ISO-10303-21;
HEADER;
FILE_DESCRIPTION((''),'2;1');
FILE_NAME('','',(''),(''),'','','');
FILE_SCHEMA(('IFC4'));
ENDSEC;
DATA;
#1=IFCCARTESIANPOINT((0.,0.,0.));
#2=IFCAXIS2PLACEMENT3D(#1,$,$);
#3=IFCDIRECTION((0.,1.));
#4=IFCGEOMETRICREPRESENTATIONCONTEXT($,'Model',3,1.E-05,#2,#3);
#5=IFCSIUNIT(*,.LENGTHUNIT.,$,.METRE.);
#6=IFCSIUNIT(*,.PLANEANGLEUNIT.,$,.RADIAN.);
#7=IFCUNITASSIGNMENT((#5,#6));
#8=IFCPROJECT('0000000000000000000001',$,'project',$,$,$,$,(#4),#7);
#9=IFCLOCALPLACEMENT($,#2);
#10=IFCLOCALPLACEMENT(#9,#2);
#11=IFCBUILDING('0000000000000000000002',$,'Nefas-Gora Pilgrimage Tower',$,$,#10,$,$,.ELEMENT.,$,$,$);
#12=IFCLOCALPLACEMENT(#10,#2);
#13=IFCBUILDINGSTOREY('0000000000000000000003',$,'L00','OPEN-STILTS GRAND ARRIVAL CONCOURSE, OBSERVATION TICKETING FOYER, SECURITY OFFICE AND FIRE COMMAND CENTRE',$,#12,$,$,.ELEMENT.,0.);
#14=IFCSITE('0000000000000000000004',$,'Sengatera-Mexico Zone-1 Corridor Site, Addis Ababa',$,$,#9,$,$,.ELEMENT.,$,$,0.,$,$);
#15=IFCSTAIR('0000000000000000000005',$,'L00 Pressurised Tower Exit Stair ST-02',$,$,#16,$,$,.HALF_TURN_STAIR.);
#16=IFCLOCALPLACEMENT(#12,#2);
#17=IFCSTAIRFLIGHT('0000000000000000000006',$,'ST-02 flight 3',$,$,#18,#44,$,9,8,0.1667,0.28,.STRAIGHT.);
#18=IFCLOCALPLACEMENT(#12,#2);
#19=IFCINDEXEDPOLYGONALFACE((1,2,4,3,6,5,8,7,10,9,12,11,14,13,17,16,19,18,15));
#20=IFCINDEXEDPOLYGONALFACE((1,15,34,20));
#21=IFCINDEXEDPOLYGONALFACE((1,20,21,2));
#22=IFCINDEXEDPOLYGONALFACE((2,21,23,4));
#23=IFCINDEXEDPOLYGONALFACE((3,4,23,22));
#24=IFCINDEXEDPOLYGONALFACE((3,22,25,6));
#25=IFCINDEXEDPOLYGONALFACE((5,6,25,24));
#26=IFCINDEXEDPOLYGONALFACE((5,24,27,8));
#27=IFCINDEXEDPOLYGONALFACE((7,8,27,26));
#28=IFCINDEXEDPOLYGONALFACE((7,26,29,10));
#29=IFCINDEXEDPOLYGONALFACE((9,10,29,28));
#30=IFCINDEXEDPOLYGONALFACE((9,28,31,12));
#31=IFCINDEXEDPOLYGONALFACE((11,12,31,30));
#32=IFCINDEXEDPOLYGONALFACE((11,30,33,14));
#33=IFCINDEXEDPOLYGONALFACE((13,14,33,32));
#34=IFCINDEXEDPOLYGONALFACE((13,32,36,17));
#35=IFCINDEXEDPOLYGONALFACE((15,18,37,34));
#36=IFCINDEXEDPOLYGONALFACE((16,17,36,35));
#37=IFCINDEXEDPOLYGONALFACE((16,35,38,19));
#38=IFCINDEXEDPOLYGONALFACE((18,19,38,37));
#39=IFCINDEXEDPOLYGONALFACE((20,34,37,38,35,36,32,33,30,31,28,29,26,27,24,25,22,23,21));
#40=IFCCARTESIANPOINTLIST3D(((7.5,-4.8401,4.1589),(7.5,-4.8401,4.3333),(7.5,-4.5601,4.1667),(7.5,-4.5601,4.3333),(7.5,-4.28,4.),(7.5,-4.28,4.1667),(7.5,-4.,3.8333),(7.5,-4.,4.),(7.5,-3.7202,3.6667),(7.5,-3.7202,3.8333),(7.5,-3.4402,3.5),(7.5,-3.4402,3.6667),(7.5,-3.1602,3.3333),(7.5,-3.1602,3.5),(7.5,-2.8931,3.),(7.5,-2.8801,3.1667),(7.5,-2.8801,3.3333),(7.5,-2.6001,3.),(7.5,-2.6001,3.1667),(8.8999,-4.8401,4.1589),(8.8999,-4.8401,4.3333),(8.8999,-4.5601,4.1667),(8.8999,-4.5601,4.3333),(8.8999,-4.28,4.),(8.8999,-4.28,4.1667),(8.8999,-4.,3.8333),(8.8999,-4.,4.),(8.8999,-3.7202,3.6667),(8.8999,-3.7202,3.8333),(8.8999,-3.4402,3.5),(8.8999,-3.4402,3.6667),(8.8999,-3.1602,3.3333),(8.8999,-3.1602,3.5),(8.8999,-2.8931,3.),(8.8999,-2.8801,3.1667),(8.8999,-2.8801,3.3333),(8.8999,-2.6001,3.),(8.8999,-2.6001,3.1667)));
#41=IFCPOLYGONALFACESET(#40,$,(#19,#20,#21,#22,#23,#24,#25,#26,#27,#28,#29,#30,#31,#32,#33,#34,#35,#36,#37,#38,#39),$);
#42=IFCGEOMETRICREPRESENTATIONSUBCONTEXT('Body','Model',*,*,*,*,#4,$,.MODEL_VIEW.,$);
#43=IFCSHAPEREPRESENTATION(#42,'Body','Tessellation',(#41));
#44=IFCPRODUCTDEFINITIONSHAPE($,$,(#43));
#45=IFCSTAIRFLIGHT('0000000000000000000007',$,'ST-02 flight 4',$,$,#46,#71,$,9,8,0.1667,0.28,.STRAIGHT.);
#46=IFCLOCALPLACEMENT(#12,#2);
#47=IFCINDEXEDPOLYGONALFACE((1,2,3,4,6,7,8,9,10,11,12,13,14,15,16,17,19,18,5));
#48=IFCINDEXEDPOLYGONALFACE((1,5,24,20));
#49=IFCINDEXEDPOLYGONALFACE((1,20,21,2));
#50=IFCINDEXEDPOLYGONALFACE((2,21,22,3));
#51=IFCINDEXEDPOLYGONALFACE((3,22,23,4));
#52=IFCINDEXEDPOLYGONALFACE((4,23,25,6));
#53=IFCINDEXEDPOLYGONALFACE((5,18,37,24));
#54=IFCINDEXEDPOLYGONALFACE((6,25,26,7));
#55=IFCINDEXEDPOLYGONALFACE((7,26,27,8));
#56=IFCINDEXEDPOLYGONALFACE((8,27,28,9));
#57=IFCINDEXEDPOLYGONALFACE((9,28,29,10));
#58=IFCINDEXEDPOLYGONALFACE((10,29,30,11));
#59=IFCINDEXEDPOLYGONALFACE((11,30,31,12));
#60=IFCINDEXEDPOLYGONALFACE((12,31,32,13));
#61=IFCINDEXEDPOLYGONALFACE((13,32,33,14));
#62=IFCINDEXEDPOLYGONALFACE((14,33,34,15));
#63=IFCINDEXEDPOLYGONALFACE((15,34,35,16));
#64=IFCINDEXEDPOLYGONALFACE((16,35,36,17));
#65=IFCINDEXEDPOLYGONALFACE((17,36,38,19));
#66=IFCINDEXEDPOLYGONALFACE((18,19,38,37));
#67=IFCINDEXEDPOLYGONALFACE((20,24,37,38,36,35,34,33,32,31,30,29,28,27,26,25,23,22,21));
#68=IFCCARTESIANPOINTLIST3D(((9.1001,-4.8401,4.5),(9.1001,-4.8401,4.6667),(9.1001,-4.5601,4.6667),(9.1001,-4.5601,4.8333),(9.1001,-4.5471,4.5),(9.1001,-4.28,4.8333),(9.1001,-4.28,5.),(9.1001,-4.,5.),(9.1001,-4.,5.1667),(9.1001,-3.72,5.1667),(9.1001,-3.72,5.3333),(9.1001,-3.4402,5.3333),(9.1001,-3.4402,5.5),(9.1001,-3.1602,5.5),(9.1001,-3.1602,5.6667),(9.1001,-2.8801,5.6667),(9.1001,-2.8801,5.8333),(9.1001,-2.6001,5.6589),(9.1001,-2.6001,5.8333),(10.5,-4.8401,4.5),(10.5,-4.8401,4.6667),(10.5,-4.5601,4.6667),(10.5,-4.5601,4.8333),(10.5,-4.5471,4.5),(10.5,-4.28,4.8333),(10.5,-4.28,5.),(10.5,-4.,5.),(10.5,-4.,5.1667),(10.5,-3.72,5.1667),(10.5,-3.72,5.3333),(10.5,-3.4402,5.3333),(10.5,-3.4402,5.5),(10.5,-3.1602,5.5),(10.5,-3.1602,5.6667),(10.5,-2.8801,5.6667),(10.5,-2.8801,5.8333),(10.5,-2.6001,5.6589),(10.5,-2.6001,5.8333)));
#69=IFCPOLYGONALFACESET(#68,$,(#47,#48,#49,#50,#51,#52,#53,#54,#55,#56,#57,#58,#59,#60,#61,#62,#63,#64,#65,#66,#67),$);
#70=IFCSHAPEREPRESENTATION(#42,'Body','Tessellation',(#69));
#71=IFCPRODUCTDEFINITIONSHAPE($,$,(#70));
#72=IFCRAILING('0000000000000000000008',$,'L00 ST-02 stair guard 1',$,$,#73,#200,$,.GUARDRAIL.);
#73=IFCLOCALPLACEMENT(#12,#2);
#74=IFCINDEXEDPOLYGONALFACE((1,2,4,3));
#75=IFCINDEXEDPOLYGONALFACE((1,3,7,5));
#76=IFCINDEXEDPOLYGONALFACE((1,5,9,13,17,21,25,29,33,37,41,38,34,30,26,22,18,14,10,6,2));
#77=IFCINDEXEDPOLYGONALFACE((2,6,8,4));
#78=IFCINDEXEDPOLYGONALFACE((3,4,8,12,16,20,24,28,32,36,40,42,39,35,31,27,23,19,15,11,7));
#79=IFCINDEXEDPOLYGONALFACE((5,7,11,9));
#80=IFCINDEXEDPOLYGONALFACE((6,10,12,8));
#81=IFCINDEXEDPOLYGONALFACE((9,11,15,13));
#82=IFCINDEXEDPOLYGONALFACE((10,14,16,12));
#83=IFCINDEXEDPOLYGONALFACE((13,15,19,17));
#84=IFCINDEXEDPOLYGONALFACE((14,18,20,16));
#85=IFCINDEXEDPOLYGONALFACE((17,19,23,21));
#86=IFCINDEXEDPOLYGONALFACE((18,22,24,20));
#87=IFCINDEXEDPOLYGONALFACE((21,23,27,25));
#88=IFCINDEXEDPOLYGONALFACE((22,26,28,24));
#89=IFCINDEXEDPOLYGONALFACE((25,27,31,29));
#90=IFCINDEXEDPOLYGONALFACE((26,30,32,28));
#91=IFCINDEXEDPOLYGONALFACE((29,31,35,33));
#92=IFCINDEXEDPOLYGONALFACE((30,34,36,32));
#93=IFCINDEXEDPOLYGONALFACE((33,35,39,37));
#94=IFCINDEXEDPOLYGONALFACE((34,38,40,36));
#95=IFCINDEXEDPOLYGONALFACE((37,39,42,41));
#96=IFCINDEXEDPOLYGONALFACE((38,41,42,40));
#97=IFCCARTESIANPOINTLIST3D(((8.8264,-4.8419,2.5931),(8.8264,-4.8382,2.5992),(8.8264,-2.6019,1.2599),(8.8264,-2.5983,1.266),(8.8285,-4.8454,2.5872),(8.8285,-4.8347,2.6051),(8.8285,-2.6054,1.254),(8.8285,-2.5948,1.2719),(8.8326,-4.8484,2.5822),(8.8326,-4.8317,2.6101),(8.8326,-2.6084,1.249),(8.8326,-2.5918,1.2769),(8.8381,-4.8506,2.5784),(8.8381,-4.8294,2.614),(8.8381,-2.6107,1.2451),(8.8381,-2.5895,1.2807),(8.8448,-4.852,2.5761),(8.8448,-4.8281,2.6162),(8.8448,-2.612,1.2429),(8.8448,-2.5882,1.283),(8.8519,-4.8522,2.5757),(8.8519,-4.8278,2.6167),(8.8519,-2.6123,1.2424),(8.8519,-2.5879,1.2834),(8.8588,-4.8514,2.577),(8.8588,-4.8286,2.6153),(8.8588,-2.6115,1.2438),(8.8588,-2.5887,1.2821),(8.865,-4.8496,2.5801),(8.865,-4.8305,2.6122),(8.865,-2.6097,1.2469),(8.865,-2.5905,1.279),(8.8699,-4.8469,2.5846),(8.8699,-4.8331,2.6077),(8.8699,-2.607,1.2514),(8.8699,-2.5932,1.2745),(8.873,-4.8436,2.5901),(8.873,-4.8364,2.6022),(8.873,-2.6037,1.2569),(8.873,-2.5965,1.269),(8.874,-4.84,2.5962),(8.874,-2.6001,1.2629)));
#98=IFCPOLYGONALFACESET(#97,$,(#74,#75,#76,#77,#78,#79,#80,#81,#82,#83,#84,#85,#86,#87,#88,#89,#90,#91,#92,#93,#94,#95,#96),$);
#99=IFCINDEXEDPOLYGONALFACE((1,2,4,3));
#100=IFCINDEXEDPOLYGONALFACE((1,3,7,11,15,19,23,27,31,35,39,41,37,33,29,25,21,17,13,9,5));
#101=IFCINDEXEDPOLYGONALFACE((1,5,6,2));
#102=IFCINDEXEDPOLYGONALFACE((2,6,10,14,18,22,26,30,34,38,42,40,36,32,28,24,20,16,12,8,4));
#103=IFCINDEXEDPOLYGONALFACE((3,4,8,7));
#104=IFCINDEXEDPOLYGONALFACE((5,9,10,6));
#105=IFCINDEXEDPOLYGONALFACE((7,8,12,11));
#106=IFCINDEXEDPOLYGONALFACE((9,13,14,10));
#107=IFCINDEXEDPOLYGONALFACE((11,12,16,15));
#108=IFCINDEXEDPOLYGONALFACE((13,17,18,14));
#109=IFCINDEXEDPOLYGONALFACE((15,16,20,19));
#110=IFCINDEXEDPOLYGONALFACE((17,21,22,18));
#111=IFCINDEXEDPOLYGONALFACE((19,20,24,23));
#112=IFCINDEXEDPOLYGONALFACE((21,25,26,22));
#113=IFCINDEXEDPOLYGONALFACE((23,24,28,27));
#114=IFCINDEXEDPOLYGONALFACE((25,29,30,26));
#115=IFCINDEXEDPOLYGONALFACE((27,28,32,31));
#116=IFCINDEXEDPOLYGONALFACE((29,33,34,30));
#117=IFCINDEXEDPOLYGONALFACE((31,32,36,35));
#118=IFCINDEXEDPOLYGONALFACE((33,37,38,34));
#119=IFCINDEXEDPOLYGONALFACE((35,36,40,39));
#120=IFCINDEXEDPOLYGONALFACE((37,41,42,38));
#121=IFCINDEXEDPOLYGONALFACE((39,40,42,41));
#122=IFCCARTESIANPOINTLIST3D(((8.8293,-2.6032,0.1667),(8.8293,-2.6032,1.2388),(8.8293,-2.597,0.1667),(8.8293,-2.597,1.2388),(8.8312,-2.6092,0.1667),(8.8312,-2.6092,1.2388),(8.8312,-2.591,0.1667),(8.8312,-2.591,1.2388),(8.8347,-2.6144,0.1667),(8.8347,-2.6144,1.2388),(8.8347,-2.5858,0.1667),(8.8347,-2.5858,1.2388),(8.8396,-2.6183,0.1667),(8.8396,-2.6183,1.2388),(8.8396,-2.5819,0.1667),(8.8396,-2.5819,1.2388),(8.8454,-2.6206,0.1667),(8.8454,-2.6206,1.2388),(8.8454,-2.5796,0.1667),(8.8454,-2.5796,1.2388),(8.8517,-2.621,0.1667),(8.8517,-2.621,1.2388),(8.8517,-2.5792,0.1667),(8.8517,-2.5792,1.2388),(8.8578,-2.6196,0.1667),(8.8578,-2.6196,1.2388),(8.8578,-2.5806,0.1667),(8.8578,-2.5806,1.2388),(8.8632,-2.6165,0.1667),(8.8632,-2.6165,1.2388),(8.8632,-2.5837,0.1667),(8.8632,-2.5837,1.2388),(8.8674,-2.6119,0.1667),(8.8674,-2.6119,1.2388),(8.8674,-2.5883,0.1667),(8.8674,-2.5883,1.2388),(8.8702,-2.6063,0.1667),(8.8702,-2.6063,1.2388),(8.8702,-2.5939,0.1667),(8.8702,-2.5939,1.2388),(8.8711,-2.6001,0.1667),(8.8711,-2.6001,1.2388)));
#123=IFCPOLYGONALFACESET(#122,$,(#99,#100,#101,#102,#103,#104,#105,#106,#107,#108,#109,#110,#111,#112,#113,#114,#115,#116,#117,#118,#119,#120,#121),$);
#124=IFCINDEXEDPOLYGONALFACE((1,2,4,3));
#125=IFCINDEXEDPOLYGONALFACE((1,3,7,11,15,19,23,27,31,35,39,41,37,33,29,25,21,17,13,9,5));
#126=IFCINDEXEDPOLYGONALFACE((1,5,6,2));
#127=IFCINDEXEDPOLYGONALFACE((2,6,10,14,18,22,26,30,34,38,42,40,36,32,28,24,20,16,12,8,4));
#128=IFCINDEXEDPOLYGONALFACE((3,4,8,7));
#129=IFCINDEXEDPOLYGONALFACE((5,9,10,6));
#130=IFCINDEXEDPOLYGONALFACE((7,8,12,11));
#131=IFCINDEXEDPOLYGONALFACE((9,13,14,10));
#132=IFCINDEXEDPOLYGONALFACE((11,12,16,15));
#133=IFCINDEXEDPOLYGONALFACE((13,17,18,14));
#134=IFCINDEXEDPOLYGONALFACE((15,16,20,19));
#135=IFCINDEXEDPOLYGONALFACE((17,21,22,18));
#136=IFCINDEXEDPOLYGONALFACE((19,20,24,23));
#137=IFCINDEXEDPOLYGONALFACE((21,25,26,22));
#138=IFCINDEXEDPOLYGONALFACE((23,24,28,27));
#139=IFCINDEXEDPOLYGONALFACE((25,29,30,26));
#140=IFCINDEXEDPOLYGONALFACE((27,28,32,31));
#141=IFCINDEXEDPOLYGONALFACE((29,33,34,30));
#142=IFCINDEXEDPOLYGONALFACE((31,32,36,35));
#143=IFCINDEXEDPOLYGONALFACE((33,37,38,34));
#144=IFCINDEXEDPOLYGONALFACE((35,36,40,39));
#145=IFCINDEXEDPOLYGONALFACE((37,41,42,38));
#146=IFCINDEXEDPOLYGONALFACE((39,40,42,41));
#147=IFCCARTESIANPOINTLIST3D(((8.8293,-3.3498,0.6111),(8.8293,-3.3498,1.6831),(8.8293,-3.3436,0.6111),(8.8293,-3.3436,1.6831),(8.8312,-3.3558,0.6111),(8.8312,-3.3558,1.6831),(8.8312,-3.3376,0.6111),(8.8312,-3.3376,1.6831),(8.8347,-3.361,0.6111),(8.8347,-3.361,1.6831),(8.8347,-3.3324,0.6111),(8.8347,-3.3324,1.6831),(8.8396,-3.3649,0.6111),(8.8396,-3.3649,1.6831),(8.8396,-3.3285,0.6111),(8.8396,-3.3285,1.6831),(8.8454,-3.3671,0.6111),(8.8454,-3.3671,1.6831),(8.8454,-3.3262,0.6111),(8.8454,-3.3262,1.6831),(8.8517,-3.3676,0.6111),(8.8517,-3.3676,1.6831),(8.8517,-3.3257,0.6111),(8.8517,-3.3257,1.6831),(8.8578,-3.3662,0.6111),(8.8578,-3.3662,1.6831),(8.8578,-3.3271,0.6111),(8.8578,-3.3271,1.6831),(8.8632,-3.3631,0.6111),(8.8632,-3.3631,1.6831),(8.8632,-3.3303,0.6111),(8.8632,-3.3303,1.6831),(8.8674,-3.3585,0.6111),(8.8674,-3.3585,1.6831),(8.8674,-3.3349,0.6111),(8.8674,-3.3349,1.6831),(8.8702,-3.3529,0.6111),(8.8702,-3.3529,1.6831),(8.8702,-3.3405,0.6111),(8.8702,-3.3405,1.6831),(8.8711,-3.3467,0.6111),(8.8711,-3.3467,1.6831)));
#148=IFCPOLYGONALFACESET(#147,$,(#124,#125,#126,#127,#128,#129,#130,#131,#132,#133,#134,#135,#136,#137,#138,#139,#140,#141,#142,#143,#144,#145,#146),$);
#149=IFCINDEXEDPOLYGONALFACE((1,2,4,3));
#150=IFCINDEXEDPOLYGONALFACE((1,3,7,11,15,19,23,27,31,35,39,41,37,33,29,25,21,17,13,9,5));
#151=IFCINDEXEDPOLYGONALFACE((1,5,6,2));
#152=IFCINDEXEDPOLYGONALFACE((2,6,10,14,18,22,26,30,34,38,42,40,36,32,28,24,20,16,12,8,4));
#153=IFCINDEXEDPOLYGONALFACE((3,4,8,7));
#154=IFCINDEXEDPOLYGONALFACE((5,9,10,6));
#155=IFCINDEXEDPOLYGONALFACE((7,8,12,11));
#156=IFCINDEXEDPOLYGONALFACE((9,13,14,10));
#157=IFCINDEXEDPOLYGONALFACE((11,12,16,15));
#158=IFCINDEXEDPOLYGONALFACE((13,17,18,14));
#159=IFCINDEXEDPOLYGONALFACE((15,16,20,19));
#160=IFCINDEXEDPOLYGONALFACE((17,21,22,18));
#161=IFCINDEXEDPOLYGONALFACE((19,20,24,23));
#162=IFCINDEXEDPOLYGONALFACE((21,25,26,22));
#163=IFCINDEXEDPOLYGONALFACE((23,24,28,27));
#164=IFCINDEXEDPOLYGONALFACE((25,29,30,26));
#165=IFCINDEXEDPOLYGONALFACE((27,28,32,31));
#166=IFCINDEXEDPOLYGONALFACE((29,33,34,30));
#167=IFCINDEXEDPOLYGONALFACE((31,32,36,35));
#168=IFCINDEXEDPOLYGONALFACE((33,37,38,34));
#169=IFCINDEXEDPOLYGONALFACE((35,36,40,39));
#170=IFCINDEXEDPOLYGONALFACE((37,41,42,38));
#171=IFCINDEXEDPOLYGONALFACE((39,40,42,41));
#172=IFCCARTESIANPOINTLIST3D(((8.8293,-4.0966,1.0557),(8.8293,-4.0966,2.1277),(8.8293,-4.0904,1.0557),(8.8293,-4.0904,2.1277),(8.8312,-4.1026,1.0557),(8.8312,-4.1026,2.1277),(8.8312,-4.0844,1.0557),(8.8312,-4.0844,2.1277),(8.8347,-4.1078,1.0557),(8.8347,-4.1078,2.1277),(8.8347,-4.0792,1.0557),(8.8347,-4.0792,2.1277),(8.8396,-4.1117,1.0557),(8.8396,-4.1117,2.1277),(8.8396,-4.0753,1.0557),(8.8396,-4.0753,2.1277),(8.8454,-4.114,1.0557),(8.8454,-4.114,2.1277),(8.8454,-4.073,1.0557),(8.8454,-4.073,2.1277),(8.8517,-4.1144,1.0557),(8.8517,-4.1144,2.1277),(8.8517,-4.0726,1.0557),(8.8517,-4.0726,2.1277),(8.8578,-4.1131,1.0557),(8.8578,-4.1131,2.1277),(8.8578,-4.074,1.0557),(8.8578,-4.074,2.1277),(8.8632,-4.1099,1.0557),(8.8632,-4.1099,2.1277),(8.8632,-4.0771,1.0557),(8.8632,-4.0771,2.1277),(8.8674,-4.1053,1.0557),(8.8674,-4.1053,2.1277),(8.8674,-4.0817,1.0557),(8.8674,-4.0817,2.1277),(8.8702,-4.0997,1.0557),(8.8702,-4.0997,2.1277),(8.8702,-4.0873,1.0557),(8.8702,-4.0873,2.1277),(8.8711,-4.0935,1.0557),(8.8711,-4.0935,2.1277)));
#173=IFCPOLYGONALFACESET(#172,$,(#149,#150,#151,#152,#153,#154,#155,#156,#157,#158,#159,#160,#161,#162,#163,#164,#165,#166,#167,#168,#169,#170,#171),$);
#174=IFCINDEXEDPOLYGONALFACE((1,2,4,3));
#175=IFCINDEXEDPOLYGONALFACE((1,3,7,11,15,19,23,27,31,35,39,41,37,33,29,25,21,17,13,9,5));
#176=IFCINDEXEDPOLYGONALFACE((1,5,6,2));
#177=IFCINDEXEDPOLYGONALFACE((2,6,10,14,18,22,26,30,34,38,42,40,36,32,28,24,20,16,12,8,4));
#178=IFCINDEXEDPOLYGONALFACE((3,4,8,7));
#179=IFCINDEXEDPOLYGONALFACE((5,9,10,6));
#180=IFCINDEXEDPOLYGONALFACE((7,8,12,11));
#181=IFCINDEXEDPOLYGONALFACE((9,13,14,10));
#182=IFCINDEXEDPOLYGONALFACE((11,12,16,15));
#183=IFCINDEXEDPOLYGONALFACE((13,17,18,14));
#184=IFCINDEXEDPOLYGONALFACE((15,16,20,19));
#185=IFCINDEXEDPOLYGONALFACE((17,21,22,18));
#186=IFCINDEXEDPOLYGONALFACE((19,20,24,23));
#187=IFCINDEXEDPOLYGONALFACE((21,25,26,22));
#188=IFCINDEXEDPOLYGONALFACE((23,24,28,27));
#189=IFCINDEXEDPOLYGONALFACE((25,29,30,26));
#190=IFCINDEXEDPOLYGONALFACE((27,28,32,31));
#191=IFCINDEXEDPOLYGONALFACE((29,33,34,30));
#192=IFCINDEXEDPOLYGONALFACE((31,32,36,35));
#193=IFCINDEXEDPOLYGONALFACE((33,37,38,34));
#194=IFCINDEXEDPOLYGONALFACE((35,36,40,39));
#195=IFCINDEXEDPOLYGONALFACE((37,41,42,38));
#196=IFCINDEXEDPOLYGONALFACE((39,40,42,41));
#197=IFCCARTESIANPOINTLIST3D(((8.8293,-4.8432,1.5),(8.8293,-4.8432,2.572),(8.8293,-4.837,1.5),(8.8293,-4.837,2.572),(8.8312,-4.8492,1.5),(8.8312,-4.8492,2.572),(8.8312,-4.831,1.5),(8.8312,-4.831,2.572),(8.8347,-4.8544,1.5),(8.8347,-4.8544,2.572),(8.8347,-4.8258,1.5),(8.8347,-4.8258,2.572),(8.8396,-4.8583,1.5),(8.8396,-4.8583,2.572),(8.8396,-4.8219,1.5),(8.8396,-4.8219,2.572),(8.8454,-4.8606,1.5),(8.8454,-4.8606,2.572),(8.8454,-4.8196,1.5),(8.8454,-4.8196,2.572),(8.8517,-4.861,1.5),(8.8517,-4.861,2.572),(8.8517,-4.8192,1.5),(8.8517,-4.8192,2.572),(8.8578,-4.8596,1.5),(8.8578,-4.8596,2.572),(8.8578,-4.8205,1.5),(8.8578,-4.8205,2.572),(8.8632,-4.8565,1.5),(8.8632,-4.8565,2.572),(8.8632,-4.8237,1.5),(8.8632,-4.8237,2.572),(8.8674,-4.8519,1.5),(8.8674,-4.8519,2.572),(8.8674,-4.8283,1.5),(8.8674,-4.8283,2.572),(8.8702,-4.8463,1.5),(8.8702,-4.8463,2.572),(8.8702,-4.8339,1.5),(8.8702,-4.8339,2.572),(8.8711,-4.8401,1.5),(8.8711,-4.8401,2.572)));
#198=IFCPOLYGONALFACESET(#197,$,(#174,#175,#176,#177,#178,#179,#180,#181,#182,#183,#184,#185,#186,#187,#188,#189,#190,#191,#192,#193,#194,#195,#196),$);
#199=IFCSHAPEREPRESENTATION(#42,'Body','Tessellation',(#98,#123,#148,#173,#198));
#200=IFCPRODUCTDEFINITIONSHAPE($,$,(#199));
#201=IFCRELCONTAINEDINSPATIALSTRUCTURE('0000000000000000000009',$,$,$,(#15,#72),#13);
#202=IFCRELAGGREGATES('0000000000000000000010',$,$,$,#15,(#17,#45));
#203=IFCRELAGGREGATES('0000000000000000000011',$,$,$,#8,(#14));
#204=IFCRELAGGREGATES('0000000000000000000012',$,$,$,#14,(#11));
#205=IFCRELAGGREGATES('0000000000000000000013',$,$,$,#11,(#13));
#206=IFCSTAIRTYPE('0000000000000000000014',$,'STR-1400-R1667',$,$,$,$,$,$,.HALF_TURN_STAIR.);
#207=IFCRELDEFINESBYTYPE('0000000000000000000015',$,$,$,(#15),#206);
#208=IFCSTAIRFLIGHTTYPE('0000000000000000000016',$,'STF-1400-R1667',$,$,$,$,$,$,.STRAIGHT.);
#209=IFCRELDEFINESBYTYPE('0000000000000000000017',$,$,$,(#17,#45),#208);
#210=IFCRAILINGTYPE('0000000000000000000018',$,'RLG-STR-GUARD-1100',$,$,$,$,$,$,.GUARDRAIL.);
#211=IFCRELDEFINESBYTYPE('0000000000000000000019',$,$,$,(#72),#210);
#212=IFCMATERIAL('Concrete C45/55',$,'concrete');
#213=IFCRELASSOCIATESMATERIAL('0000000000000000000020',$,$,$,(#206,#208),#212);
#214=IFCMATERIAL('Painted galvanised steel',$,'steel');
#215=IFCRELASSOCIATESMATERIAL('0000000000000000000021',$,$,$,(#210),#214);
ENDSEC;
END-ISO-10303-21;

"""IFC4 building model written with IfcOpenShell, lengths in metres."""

from ifc_helpers import new_model, si_unit, direction, frame, origin, origin_2d, place, context, subcontext, project, spatial, polyline, circle, outline, extrude, source, transform, mapped, material, type_object, element, aggregate, save


model = new_model("IFC4")

# Units and contexts
model_context = context("Model", 3, precision=1e-05, world=origin(), true_north=direction((0.0, 1.0)))
body_context = subcontext(model_context, "Body", "Model", "MODEL_VIEW")
ifc_project = project(units=[si_unit("LENGTHUNIT", "METRE"), si_unit("PLANEANGLEUNIT", "RADIAN")], contexts=[model_context])

# Site, building, storey
site_placement = place(None, origin())
site = spatial("IfcSite", under=ifc_project, at=site_placement, Name="Sengatera-Mexico Zone-1 Corridor Site, Addis Ababa", CompositionType="ELEMENT", RefElevation=0.0)
building_placement = place(site_placement, origin())
building = spatial("IfcBuilding", under=site, at=building_placement, Name="Nefas-Gora Pilgrimage Tower", CompositionType="ELEMENT")
storey_placement = place(building_placement, origin())
storey = spatial("IfcBuildingStorey", under=building, at=storey_placement, Name="L00", Description="OPEN-STILTS GRAND ARRIVAL CONCOURSE, OBSERVATION TICKETING FOYER, SECURITY OFFICE AND FIRE COMMAND CENTRE", CompositionType="ELEMENT", Elevation=0.0)

# Shared definitions
ifc_material_1 = material(Name="Concrete C45/55", Category="concrete")

# Stair, stair flights
stair_type = type_object("IfcStairType", Name="STR-1400-R1667", PredefinedType="HALF_TURN_STAIR", material=ifc_material_1)
stair_placement = place(storey_placement, origin())
stair = element("IfcStair", 1, at=stair_placement, inside=storey, type_object=stair_type, Name="L00 Pressurised Tower Exit Stair ST-02", PredefinedType="HALF_TURN_STAIR")
stair_flight_type = type_object("IfcStairFlightType", Name="STF-1400-R1667", PredefinedType="STRAIGHT", material=ifc_material_1)
shared_shape_1 = source(origin(), body_context, "Body", "SweptSolid", [
    extrude(outline(polyline([(0.0, 0.0), (0.0, 0.1667), (0.28, 0.1667), (0.28, 0.3333), (0.5601, 0.3333), (0.5601, 0.5), (0.8401, 0.5), (0.8401, 0.6667), (1.1201, 0.6667), (1.1201, 0.8333), (1.3999, 0.8333), (1.3999, 1.0), (1.6799, 1.0), (1.6799, 1.1667), (1.96, 1.1667), (1.96, 1.3333), (2.24, 1.3333), (2.24, 1.5), (2.24, 1.1589), (0.293, 0.0), (0.0, 0.0)])), frame((0.0, 0.7, 0.0), z_axis=(0.0, -1.0, 0.0), x_axis=(1.0, 0.0, 0.0)), (0.0, 0.0, 1.0), 1.3999),
])
stair_flight_1_placement = place(storey_placement, frame((8.2, -2.6001, 3.0), z_axis=(0.0, 0.0, 1.0), x_axis=(0.0, -1.0, 0.0)))
stair_flight_1 = element("IfcStairFlight", 2, at=stair_flight_1_placement, type_object=stair_flight_type, Name="ST-02 flight 3", NumberOfRisers=9, NumberOfTreads=8, PredefinedType="STRAIGHT", RiserHeight=0.1667, TreadLength=0.28, context=body_context, shape_type="MappedRepresentation", body=[
    mapped(shared_shape_1, transform((0.0, 0.0, 0.0), x_axis=(1.0, 0.0, 0.0), y_axis=(0.0, 1.0, 0.0), z_axis=(0.0, 0.0, 1.0), scale=1.0)),
])
stair_flight_2_placement = place(storey_placement, frame((9.8, -4.8401, 4.5), z_axis=(0.0, 0.0, 1.0), x_axis=(0.0, 1.0, 0.0)))
stair_flight_2 = element("IfcStairFlight", 3, at=stair_flight_2_placement, type_object=stair_flight_type, Name="ST-02 flight 4", NumberOfRisers=9, NumberOfTreads=8, PredefinedType="STRAIGHT", RiserHeight=0.1667, TreadLength=0.28, context=body_context, shape_type="MappedRepresentation", body=[
    mapped(shared_shape_1, transform((0.0, 0.0, 0.0), x_axis=(1.0, 0.0, 0.0), y_axis=(0.0, 1.0, 0.0), z_axis=(0.0, 0.0, 1.0), scale=1.0)),
])
aggregate(stair, [stair_flight_1, stair_flight_2])

# Railing
ifc_material_2 = material(Name="Painted galvanised steel", Category="steel")
railing_type_1 = type_object("IfcRailingType", Name="RLG-STR-GUARD-1100", PredefinedType="GUARDRAIL", material=ifc_material_2)
railing_1_placement = place(storey_placement, frame((8.8501, -2.6001, 0.1667)))
element("IfcRailing", 4, at=railing_1_placement, inside=storey, type_object=railing_type_1, Name="L00 ST-02 stair guard 1", PredefinedType="GUARDRAIL", context=body_context, shape_type="SweptSolid", body=[
    extrude(circle(Radius=0.0239, at=origin_2d()), frame((0.0, 0.0, 1.0962), z_axis=(0.0, -0.859306, 0.511462), x_axis=(1.0, 0.0, 0.0)), (0.0, 0.0, 1.0), 2.6067),
    extrude(circle(Radius=0.021, at=origin_2d()), origin(), (0.0, 0.0, 1.0), 1.072),
    extrude(circle(Radius=0.021, at=origin_2d()), frame((0.0, -0.7466, 0.4443)), (0.0, 0.0, 1.0), 1.072),
    extrude(circle(Radius=0.021, at=origin_2d()), frame((0.0, -1.4934, 0.8889)), (0.0, 0.0, 1.0), 1.072),
    extrude(circle(Radius=0.021, at=origin_2d()), frame((0.0, -2.24, 1.3333)), (0.0, 0.0, 1.0), 1.072),
])

save(model, "model.ifc")
